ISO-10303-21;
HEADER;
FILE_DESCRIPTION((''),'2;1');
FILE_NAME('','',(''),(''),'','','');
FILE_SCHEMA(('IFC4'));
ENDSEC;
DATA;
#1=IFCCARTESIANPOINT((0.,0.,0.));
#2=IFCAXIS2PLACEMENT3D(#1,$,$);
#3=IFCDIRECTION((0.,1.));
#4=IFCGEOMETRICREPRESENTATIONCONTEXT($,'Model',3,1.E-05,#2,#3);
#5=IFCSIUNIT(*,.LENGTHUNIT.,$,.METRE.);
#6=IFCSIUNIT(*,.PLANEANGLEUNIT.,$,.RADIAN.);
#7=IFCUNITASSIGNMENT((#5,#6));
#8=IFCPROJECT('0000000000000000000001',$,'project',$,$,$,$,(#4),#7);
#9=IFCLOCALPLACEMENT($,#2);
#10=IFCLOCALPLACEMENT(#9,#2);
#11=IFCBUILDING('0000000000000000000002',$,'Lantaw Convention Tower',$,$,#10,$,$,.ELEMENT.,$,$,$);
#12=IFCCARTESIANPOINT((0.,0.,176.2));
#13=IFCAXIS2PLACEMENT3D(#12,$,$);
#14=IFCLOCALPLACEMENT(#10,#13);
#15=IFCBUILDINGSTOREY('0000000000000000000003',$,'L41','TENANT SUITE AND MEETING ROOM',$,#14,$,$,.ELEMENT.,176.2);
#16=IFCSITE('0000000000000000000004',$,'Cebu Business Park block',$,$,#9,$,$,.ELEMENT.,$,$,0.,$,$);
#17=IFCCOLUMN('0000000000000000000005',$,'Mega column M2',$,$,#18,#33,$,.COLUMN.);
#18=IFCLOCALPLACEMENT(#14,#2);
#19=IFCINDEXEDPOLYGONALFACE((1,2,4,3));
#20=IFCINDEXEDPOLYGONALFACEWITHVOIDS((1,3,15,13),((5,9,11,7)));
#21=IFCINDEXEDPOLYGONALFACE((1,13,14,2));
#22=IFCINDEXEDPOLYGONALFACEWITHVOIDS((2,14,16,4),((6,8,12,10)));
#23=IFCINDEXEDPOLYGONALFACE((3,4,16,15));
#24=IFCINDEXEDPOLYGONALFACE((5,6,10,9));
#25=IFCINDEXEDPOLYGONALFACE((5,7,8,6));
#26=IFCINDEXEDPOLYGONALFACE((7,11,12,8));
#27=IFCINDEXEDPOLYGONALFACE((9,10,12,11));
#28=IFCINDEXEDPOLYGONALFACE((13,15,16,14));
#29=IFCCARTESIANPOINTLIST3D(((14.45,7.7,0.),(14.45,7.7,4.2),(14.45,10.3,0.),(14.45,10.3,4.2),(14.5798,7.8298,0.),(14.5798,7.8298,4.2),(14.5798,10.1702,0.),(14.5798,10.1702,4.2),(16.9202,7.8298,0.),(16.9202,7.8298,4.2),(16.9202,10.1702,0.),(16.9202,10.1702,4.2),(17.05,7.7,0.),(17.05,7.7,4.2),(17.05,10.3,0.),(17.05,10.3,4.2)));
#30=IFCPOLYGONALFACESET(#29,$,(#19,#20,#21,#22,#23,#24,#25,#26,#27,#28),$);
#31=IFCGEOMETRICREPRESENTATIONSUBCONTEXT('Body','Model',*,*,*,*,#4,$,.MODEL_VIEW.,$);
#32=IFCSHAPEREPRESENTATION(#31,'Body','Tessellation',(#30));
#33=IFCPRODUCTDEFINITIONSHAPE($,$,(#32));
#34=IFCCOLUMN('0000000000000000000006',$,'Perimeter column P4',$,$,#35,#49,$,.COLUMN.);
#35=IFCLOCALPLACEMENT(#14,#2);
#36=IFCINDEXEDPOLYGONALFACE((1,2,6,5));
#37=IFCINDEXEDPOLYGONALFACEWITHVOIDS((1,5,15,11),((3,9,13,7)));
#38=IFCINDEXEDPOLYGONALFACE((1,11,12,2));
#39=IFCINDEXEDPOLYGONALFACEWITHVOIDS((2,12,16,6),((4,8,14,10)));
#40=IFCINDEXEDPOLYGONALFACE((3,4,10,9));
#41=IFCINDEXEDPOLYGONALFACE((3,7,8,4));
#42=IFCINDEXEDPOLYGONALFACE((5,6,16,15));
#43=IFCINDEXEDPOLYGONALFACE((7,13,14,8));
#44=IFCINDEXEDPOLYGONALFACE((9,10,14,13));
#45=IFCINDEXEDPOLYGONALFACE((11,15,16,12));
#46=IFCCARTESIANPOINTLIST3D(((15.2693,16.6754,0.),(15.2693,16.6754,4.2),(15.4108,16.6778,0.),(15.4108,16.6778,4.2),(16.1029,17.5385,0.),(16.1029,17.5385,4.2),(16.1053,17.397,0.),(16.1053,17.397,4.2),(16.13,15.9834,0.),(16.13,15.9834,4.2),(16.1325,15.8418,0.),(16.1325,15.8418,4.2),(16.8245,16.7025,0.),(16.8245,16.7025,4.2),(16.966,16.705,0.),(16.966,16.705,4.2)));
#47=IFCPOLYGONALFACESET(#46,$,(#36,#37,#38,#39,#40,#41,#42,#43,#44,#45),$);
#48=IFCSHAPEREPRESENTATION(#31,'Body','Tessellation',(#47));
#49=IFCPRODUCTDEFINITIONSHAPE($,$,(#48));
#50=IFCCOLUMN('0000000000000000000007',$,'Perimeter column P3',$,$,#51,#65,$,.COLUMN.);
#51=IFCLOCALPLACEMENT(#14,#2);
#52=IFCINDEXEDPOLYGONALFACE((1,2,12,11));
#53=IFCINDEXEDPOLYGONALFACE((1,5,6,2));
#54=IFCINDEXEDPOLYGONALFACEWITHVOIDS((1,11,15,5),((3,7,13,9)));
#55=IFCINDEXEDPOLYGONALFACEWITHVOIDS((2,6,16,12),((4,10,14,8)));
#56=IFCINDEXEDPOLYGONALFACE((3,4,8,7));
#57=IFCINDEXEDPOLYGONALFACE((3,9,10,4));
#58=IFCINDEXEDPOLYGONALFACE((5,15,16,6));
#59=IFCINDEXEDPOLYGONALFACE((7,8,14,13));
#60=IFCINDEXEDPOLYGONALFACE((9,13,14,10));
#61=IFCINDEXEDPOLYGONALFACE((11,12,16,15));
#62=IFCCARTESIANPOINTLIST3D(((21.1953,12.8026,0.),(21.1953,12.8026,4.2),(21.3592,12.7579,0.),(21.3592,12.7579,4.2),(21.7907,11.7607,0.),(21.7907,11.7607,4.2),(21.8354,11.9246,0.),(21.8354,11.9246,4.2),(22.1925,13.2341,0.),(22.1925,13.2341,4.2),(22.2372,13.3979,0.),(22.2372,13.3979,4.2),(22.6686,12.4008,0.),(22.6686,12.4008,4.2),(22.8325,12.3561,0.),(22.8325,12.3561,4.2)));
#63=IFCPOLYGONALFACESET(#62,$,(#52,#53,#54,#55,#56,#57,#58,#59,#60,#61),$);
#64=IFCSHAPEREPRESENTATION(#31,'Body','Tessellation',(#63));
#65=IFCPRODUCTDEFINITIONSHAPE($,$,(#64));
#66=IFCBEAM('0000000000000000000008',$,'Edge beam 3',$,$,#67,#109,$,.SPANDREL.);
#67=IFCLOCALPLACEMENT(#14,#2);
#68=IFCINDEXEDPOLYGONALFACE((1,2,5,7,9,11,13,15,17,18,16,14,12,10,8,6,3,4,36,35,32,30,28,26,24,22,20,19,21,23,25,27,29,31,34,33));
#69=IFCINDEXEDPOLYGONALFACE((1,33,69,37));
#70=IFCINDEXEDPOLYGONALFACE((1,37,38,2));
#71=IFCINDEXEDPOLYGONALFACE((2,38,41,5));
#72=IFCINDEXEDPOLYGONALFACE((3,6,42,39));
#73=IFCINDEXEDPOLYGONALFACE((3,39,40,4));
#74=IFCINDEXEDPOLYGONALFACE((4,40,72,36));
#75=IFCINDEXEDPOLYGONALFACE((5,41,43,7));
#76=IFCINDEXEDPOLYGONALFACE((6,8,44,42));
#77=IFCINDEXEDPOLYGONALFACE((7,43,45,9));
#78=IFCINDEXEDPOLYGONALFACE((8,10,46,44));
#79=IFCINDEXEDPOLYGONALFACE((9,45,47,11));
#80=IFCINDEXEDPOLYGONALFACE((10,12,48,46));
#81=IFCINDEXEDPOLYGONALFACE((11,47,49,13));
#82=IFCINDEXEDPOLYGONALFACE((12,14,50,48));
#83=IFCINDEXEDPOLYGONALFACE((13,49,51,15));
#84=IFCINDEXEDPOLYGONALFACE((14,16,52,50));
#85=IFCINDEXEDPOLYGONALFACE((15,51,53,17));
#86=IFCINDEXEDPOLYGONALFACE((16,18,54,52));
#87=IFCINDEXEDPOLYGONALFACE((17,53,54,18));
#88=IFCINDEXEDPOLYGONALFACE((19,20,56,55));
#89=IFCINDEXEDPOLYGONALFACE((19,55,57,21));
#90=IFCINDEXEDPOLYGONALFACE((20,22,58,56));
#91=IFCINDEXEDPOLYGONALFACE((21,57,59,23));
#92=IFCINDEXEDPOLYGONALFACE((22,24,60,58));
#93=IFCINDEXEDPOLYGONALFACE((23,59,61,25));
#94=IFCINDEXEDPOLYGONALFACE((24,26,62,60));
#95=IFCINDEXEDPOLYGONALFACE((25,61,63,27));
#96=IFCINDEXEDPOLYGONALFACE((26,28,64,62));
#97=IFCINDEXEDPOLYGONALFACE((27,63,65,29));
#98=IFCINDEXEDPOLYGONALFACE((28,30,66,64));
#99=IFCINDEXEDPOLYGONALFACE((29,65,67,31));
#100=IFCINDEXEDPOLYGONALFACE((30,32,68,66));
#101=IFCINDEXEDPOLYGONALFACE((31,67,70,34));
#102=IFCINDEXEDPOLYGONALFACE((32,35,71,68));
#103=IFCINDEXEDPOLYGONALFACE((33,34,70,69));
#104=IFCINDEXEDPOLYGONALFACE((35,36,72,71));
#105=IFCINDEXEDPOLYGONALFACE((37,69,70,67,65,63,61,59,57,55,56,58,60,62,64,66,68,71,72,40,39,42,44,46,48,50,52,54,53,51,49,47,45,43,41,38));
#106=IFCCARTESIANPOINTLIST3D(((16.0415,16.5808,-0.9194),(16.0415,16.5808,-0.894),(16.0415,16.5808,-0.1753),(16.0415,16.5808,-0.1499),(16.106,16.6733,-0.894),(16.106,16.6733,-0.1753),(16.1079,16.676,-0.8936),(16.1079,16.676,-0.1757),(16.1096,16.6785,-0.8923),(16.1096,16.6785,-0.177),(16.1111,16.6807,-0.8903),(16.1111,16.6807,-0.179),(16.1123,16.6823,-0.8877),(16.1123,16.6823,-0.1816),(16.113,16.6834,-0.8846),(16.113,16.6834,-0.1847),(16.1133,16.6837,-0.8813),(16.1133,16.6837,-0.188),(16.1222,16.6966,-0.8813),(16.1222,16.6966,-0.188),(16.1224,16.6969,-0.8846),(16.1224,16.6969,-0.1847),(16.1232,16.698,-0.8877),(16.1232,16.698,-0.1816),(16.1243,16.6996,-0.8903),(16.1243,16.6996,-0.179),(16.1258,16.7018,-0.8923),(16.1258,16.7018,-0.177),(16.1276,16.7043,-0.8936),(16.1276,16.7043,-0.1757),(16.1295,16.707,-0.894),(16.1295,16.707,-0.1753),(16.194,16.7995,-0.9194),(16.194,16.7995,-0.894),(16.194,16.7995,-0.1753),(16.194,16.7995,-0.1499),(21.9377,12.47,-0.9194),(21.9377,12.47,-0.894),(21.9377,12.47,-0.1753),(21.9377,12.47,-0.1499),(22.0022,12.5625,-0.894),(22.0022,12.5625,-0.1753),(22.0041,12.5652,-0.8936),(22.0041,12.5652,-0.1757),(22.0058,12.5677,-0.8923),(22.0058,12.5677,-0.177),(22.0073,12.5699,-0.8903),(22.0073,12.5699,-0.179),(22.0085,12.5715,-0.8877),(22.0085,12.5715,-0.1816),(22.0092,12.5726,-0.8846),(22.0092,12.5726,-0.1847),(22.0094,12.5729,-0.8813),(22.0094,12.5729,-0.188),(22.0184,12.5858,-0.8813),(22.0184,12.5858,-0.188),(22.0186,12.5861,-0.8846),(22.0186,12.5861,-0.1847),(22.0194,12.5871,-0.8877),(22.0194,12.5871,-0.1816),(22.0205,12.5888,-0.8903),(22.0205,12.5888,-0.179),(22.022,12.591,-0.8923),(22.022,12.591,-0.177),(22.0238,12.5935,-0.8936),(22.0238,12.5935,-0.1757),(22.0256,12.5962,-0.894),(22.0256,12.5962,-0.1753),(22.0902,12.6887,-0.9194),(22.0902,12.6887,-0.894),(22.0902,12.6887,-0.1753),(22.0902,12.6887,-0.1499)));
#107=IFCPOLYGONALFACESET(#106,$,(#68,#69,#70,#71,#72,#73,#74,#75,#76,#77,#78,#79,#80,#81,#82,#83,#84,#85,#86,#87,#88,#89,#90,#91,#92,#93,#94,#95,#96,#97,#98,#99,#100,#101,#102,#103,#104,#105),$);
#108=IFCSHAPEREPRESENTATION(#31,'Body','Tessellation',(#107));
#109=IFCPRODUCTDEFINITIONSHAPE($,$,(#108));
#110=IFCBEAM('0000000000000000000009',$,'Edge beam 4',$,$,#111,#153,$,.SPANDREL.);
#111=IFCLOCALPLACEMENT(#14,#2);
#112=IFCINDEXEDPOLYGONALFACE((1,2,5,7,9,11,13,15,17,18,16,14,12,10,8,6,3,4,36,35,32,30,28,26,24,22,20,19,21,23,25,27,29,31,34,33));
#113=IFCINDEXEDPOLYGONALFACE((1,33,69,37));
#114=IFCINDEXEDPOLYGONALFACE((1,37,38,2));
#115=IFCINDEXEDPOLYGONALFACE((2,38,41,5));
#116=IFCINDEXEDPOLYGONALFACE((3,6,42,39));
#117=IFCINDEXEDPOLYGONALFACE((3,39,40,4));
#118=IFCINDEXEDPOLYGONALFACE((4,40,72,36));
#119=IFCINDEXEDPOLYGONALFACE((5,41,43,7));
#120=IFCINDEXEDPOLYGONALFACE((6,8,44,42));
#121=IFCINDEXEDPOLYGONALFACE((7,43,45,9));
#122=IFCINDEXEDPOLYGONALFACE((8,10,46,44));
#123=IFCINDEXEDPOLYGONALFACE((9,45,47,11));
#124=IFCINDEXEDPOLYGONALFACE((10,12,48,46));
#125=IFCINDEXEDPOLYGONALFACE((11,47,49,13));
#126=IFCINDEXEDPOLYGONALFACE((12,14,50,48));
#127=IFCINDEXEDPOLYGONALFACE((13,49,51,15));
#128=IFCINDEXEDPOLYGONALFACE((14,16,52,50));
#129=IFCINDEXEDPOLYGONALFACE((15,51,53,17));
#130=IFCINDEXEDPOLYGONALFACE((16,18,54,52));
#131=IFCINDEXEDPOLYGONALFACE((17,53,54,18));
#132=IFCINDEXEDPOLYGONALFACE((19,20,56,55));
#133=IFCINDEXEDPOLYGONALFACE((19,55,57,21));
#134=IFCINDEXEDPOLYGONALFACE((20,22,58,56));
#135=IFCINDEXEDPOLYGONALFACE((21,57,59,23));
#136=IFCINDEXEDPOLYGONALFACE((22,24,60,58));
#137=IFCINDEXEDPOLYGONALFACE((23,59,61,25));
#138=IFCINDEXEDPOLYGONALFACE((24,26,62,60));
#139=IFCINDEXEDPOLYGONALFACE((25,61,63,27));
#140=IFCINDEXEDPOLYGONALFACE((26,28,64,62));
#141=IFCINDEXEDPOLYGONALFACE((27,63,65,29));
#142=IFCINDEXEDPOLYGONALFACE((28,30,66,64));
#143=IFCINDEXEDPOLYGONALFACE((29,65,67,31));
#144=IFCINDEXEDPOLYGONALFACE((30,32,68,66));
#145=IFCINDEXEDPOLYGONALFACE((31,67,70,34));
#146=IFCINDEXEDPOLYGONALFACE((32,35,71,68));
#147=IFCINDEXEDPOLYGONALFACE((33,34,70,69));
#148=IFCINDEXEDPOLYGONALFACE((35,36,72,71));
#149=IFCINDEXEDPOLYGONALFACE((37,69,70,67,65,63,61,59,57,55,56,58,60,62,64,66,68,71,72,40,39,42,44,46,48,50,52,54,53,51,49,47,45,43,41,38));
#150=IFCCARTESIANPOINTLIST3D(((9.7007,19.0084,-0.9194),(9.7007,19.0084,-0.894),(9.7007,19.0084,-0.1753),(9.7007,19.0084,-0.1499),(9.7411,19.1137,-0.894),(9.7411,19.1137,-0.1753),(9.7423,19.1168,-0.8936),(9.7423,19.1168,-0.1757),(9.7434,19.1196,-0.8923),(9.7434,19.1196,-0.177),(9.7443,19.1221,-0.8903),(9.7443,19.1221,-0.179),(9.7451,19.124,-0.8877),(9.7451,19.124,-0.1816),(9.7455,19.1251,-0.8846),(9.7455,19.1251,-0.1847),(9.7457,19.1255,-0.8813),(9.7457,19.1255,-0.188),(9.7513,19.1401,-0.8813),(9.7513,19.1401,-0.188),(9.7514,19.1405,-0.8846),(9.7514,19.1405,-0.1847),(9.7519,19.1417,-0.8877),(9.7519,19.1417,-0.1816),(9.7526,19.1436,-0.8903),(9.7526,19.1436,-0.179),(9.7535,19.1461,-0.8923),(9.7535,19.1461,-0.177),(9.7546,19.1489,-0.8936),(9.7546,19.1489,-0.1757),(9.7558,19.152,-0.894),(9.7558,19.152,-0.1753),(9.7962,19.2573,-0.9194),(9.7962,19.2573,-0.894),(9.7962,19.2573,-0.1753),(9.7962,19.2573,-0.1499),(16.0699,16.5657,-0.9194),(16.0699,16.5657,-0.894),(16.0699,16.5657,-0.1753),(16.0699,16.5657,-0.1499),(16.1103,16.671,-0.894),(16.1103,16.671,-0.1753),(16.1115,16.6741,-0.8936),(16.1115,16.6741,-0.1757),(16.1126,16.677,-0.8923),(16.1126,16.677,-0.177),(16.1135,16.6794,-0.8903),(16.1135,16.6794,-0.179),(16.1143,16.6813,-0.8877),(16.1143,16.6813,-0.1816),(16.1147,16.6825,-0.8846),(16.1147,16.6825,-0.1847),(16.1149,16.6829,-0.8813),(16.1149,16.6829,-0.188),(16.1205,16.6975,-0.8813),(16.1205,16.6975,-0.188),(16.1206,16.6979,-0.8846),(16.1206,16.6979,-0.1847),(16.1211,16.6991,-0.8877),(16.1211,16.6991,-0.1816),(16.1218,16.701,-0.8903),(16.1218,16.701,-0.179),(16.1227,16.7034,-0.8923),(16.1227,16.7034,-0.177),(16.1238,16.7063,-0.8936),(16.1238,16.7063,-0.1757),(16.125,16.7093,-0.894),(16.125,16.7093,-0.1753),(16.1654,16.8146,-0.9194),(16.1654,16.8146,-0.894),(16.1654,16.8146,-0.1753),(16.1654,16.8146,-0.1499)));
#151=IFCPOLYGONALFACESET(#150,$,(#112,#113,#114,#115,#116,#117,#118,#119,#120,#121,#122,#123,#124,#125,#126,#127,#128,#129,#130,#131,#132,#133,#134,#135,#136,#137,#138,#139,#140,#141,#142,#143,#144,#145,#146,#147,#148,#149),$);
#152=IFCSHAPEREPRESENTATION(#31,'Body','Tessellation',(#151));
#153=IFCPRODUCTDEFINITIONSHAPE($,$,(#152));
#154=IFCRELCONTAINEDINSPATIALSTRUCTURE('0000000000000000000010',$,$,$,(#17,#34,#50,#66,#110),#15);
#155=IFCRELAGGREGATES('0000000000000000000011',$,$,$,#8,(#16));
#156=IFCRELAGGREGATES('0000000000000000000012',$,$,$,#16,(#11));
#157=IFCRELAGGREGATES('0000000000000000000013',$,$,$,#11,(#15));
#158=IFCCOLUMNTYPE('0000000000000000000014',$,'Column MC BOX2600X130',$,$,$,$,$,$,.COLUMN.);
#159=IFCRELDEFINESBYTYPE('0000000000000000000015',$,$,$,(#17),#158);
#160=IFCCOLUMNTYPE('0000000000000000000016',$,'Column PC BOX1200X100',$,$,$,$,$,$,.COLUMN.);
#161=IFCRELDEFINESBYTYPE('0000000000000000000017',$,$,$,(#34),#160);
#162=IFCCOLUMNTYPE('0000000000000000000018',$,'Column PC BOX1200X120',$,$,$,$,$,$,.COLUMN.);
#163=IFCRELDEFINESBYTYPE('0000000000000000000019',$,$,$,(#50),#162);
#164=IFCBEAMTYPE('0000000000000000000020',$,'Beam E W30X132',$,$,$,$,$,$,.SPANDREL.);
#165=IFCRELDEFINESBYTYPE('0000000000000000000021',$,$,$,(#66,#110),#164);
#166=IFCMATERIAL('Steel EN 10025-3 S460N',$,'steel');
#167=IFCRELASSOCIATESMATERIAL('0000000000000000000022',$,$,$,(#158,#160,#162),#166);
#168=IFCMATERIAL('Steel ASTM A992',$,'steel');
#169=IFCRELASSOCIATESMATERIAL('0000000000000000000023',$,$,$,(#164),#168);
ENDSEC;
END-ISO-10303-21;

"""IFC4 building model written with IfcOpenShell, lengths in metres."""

from ifc_helpers import new_model, si_unit, direction, frame, origin, origin_2d, place, context, subcontext, project, spatial, rectangle, hollow_rectangle, i_section, extrude, material, material_profile, profile_set, type_object, element, save


model = new_model("IFC4")

# Units and contexts
model_context = context("Model", 3, precision=1e-05, world=origin(), true_north=direction((0.0, 1.0)))
body_context = subcontext(model_context, "Body", "Model", "MODEL_VIEW")
ifc_project = project(units=[si_unit("LENGTHUNIT", "METRE"), si_unit("PLANEANGLEUNIT", "RADIAN")], contexts=[model_context])

# Site, building, storey
site_placement = place(None, origin())
site = spatial("IfcSite", under=ifc_project, at=site_placement, Name="Cebu Business Park block", CompositionType="ELEMENT", RefElevation=0.0)
building_placement = place(site_placement, origin())
building = spatial("IfcBuilding", under=site, at=building_placement, Name="Lantaw Convention Tower", CompositionType="ELEMENT")
storey_placement = place(building_placement, frame((0.0, 0.0, 176.2)))
storey = spatial("IfcBuildingStorey", under=building, at=storey_placement, Name="L41", Description="TENANT SUITE AND MEETING ROOM", CompositionType="ELEMENT", Elevation=176.2)

# Columns
ifc_material_1 = material(Name="Steel EN 10025-3 S460N", Category="steel")
ifc_material_profile_1 = material_profile(ifc_material_1, hollow_rectangle(XDim=2.6001, YDim=2.6001, WallThickness=0.1299, at=origin_2d()), Name="BOX2600X130")
ifc_material_2 = material(Name="Concrete C60/75", Category="concrete")
ifc_material_profile_2 = material_profile(ifc_material_2, rectangle(XDim=2.3401, YDim=2.3401, at=origin_2d()), Name="Concrete fill of BOX2600X130")
ifc_profile_set_1 = profile_set([ifc_material_profile_1, ifc_material_profile_2], Name="Steel EN 10025-3 S460N")
column_type_1 = type_object("IfcColumnType", Name="Column MC BOX2600X130", PredefinedType="COLUMN", material=ifc_profile_set_1)
column_1_placement = place(storey_placement, frame((15.75, 9.0, 0.0), z_axis=(0.0, 0.0, 1.0), x_axis=(1.0, 0.0, 0.0)))
element("IfcColumn", 1, at=column_1_placement, inside=storey, type_object=column_type_1, Name="Mega column M2", PredefinedType="COLUMN", context=body_context, shape_type="SweptSolid", body=[
    extrude(hollow_rectangle(XDim=2.6001, YDim=2.6001, WallThickness=0.1299, at=origin_2d()), origin(), (0.0, 0.0, 1.0), 4.2),
])
ifc_material_profile_3 = material_profile(ifc_material_1, hollow_rectangle(XDim=1.2, YDim=1.2, WallThickness=0.1001, at=origin_2d()), Name="BOX1200X100")
ifc_material_profile_4 = material_profile(ifc_material_2, rectangle(XDim=1.0, YDim=1.0, at=origin_2d()), Name="Concrete fill of BOX1200X100")
ifc_profile_set_2 = profile_set([ifc_material_profile_3, ifc_material_profile_4], Name="Steel EN 10025-3 S460N")
column_type_2 = type_object("IfcColumnType", Name="Column PC BOX1200X100", PredefinedType="COLUMN", material=ifc_profile_set_2)
column_2_placement = place(storey_placement, frame((16.1177, 16.6902, 0.0), z_axis=(0.0, 0.0, 1.0), x_axis=(0.694658, 0.71934, 0.0)))
element("IfcColumn", 2, at=column_2_placement, inside=storey, type_object=column_type_2, Name="Perimeter column P4", PredefinedType="COLUMN", context=body_context, shape_type="SweptSolid", body=[
    extrude(hollow_rectangle(XDim=1.2, YDim=1.2, WallThickness=0.1001, at=origin_2d()), origin(), (0.0, 0.0, 1.0), 4.2),
])
ifc_material_profile_5 = material_profile(ifc_material_1, hollow_rectangle(XDim=1.2, YDim=1.2, WallThickness=0.1201, at=origin_2d()), Name="BOX1200X120")
ifc_material_profile_6 = material_profile(ifc_material_2, rectangle(XDim=0.96, YDim=0.96, at=origin_2d()), Name="Concrete fill of BOX1200X120")
ifc_profile_set_3 = profile_set([ifc_material_profile_5, ifc_material_profile_6], Name="Steel EN 10025-3 S460N")
column_type_3 = type_object("IfcColumnType", Name="Column PC BOX1200X120", PredefinedType="COLUMN", material=ifc_profile_set_3)
column_3_placement = place(storey_placement, frame((22.0139, 12.5793, 0.0), z_axis=(0.0, 0.0, 1.0), x_axis=(0.868243, 0.496139, 0.0)))
element("IfcColumn", 3, at=column_3_placement, inside=storey, type_object=column_type_3, Name="Perimeter column P3", PredefinedType="COLUMN", context=body_context, shape_type="SweptSolid", body=[
    extrude(hollow_rectangle(XDim=1.2, YDim=1.2, WallThickness=0.1201, at=origin_2d()), origin(), (0.0, 0.0, 1.0), 4.2),
])

# Beams
ifc_material_3 = material(Name="Steel ASTM A992", Category="steel")
ifc_material_profile_7 = material_profile(ifc_material_3, i_section(OverallWidth=0.2666, OverallDepth=0.7695, WebThickness=0.0156, FlangeThickness=0.0254, FilletRadius=0.0127, at=origin_2d()), Name="W30X132")
ifc_profile_set_4 = profile_set([ifc_material_profile_7], Name="Steel ASTM A992")
beam_type_1 = type_object("IfcBeamType", Name="Beam E W30X132", PredefinedType="SPANDREL", material=ifc_profile_set_4)
beam_1_placement = place(storey_placement, frame((22.0139, 12.5793, -0.5347), z_axis=(-0.820311, 0.571918, 0.0), x_axis=(-0.571918, -0.820311, 0.0)))
element("IfcBeam", 4, at=beam_1_placement, inside=storey, type_object=beam_type_1, Name="Edge beam 3", PredefinedType="SPANDREL", context=body_context, shape_type="SweptSolid", body=[
    extrude(i_section(OverallWidth=0.2666, OverallDepth=0.7695, WebThickness=0.0156, FlangeThickness=0.0254, FilletRadius=0.0127, at=origin_2d()), origin(), (0.0, 0.0, 1.0), 7.1877),
])
beam_2_placement = place(storey_placement, frame((16.1177, 16.6902, -0.5347), z_axis=(-0.933691, 0.35808, 0.0), x_axis=(-0.35808, -0.933691, 0.0)))
element("IfcBeam", 5, at=beam_2_placement, inside=storey, type_object=beam_type_1, Name="Edge beam 4", PredefinedType="SPANDREL", context=body_context, shape_type="SweptSolid", body=[
    extrude(i_section(OverallWidth=0.2666, OverallDepth=0.7695, WebThickness=0.0156, FlangeThickness=0.0254, FilletRadius=0.0127, at=origin_2d()), origin(), (0.0, 0.0, 1.0), 6.8215),
])

save(model, "model.ifc")
